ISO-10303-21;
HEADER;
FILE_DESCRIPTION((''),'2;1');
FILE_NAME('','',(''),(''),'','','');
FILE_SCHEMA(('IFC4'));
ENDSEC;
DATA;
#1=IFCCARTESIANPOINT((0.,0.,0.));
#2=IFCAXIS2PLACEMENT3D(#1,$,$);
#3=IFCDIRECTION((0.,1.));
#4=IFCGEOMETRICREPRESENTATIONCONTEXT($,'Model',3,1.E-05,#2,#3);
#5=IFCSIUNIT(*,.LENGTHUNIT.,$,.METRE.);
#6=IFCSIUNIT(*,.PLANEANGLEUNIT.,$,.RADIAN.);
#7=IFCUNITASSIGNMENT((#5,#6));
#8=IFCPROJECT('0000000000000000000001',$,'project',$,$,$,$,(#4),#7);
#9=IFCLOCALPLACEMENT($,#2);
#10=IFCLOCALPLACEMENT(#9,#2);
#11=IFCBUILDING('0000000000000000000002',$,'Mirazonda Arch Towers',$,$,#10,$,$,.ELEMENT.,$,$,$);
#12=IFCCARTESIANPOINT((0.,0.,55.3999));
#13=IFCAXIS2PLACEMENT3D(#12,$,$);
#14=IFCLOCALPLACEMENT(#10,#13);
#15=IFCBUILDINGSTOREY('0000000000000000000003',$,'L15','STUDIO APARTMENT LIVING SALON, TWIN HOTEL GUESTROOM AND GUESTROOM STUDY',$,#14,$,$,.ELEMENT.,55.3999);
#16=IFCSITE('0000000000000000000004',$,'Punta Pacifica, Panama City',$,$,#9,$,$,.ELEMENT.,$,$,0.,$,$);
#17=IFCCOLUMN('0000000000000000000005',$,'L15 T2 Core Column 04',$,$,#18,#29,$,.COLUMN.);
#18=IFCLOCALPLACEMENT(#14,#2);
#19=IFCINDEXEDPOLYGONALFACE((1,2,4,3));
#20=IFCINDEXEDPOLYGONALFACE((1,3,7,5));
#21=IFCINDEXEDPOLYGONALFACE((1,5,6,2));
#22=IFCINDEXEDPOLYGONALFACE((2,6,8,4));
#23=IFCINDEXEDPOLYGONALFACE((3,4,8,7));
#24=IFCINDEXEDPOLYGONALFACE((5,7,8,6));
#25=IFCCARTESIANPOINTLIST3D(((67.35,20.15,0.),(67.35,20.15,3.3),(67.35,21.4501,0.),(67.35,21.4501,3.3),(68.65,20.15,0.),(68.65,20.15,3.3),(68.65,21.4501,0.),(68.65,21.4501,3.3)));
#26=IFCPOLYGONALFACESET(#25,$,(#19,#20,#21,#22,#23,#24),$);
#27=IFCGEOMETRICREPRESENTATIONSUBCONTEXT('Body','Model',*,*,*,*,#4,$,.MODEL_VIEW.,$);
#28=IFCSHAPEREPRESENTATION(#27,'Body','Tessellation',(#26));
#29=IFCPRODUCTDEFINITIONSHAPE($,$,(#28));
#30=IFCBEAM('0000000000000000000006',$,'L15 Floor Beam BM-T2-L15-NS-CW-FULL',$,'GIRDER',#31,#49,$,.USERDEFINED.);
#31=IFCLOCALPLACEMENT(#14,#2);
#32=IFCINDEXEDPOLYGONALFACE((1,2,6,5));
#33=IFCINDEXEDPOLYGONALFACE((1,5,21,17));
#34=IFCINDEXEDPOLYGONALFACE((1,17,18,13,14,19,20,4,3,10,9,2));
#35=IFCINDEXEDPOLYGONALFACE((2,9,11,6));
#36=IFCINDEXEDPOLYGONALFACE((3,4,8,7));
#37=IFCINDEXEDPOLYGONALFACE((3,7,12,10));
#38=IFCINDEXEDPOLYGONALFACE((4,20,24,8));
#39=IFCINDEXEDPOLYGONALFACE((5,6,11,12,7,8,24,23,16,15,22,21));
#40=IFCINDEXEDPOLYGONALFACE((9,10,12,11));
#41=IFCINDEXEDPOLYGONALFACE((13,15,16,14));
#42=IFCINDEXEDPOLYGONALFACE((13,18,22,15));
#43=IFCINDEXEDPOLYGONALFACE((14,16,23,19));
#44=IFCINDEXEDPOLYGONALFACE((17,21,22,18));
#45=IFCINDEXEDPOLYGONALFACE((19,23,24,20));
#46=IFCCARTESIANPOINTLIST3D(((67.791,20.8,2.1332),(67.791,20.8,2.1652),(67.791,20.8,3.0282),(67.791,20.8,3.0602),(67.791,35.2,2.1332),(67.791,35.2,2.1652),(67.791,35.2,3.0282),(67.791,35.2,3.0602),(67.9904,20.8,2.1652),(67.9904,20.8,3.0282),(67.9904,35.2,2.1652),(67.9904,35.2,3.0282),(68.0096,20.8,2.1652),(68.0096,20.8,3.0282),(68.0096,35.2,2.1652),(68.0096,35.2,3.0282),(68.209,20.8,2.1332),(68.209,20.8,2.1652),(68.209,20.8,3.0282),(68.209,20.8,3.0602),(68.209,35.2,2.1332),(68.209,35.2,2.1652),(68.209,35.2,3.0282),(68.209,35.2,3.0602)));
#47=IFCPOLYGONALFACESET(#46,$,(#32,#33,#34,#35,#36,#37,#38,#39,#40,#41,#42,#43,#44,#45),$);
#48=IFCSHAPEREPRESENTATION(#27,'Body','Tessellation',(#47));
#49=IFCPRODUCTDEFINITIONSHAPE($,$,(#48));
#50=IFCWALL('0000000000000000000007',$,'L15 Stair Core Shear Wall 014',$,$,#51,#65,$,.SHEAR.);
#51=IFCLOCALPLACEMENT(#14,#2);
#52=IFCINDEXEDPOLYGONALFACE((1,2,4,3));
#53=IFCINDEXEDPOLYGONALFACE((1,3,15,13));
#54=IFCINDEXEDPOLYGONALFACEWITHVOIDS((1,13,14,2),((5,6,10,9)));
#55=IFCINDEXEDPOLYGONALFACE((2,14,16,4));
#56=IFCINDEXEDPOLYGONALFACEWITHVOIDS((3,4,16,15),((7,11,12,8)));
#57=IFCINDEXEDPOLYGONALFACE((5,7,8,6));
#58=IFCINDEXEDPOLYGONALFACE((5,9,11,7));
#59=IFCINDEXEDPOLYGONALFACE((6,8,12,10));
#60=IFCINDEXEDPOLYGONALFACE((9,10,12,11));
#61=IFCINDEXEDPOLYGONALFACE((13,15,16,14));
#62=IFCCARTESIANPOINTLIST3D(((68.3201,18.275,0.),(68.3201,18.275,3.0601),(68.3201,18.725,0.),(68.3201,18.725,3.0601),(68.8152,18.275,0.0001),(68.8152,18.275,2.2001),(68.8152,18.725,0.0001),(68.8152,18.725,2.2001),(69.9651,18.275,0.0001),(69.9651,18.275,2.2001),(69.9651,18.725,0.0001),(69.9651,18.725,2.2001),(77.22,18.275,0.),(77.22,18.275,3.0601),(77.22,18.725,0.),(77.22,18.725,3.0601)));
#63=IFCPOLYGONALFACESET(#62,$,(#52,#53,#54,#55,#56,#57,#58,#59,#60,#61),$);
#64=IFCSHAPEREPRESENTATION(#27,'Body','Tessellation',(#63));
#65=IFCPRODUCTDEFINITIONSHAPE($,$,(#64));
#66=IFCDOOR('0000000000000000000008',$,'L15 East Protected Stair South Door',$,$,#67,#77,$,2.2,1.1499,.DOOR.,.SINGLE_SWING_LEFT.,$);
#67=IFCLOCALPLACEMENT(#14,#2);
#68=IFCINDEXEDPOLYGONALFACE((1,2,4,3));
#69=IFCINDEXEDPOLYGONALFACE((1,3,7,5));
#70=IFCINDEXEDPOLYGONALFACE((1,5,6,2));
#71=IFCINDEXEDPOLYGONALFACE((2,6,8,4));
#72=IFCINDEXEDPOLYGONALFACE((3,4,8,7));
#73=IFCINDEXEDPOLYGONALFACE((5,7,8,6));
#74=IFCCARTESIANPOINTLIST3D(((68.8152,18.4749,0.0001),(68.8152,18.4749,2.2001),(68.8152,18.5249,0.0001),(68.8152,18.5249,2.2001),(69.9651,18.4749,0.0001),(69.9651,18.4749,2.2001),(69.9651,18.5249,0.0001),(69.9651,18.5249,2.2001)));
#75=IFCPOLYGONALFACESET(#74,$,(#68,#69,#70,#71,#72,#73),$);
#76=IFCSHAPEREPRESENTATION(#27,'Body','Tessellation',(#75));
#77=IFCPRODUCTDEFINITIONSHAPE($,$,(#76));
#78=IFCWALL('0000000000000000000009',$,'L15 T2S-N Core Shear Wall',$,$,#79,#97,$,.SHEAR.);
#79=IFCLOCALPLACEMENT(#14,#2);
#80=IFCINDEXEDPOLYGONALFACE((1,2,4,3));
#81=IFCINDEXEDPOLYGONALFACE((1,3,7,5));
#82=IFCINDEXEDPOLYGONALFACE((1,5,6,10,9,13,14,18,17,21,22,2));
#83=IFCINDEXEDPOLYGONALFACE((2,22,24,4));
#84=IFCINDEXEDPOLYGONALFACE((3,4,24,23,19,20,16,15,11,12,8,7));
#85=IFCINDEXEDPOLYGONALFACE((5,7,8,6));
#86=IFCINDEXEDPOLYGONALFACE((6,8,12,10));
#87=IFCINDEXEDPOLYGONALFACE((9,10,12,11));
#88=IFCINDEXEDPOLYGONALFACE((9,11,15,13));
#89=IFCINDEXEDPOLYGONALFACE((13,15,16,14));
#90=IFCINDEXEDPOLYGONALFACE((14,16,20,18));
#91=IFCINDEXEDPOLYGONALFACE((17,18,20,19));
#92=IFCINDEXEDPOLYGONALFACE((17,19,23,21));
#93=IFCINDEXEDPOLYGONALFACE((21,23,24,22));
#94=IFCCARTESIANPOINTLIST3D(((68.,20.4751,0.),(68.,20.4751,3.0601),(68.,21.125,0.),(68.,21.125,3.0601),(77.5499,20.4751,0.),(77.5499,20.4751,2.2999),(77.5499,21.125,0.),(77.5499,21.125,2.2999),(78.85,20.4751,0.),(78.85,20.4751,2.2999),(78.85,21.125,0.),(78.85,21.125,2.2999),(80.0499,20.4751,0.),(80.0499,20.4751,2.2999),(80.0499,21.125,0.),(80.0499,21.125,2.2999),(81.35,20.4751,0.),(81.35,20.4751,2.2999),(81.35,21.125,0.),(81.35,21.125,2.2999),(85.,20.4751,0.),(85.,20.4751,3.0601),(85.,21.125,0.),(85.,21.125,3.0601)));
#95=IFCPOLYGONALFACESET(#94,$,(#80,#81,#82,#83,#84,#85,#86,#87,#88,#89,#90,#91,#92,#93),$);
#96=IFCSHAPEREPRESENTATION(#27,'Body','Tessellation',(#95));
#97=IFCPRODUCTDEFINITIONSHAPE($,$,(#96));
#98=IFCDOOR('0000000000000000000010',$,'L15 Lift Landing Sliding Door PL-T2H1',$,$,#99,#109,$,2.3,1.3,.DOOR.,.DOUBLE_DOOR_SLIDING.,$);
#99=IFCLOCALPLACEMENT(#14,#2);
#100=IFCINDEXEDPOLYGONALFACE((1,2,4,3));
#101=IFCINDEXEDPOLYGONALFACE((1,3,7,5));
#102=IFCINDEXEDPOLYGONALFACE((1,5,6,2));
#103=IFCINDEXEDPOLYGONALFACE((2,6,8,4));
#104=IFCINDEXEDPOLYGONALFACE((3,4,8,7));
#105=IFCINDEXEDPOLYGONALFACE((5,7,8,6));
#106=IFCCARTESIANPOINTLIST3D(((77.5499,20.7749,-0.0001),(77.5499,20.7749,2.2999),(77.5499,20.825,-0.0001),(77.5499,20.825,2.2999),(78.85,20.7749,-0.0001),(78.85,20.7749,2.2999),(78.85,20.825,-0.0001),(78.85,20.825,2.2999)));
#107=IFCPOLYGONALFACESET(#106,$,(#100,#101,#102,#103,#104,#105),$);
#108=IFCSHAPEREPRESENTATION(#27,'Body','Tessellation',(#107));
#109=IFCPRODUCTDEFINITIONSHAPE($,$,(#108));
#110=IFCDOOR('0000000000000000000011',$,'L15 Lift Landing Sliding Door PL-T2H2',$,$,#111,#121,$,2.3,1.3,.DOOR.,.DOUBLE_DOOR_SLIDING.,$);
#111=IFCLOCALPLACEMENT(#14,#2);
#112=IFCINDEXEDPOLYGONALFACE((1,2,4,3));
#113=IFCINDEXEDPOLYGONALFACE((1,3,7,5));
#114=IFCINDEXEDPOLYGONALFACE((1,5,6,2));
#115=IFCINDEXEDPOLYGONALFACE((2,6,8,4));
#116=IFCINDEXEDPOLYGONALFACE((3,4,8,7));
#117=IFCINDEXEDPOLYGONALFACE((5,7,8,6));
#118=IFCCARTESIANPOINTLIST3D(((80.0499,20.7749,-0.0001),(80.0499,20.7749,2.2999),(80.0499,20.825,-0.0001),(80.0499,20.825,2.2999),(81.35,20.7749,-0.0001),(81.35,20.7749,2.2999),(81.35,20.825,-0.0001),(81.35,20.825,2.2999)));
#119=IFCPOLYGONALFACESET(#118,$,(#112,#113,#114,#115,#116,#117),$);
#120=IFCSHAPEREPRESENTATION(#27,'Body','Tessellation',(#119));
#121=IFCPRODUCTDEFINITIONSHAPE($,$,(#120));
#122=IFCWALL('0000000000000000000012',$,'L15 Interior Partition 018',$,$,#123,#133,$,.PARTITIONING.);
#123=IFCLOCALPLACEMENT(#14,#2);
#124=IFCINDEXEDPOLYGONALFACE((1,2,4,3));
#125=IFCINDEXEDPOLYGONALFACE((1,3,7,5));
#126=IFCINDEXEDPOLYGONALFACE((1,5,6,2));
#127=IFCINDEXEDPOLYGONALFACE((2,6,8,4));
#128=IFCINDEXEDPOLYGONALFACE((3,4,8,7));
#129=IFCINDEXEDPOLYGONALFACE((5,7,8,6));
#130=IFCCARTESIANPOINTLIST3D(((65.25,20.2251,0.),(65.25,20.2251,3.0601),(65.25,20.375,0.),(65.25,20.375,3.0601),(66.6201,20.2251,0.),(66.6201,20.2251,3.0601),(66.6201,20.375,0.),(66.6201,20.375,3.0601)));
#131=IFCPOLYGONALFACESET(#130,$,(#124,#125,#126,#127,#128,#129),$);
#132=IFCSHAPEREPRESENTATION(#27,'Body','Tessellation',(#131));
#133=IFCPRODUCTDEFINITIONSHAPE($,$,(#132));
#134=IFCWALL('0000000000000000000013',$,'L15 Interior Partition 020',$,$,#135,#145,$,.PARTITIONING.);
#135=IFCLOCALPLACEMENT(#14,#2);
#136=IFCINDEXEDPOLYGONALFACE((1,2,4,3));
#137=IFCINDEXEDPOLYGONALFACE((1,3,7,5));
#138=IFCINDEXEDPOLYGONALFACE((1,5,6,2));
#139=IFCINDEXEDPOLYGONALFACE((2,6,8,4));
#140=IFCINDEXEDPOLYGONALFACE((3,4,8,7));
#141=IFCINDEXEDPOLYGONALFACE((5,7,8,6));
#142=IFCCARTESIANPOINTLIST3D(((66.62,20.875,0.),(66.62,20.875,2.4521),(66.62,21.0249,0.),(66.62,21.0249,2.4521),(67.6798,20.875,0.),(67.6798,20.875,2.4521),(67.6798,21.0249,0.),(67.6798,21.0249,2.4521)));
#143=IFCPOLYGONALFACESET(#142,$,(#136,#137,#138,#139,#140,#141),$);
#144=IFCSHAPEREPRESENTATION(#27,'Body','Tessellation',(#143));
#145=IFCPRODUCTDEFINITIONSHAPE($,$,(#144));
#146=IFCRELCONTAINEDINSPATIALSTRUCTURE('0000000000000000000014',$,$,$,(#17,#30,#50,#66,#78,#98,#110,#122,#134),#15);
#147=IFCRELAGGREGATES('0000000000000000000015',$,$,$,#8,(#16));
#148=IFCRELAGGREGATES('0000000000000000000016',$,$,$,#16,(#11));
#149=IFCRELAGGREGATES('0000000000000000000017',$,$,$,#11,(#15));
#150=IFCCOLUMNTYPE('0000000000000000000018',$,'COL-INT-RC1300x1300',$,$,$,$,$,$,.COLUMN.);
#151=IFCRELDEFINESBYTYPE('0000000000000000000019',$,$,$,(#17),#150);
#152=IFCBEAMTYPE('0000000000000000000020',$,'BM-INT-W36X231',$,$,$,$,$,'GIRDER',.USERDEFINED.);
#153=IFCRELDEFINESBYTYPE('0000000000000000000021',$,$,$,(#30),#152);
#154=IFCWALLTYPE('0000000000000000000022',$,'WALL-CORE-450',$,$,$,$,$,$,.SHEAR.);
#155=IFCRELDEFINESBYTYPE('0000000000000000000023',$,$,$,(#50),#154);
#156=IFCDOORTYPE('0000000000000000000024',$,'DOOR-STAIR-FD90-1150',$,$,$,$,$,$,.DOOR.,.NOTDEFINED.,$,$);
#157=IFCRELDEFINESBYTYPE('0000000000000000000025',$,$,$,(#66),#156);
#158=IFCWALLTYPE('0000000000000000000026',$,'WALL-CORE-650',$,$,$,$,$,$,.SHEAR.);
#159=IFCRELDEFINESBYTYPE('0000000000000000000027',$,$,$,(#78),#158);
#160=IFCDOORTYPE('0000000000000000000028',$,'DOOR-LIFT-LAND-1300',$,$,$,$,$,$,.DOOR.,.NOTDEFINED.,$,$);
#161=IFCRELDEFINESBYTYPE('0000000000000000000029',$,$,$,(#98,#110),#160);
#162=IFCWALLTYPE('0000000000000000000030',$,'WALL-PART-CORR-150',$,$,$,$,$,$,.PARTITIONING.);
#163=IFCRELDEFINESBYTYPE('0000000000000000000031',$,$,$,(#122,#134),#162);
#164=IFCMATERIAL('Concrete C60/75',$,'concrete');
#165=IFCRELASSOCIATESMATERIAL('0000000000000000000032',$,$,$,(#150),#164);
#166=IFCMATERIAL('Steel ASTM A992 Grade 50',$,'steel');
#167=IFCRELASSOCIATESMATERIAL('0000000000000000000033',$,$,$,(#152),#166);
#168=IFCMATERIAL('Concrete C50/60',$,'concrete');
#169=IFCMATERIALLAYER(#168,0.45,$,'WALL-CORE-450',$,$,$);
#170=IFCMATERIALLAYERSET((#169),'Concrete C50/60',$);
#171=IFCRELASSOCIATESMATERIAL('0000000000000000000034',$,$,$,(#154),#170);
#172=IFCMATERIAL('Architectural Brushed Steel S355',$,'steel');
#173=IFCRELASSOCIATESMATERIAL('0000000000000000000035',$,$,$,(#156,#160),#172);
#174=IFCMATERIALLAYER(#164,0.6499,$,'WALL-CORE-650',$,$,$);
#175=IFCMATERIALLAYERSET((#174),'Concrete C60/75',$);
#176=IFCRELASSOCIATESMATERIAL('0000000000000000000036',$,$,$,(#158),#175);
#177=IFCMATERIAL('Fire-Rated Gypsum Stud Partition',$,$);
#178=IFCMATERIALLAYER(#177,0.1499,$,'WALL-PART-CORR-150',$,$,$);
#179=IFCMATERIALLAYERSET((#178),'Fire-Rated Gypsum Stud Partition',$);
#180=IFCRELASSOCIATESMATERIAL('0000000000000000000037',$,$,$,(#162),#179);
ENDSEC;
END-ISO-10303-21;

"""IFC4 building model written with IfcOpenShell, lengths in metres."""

from ifc_helpers import new_model, si_unit, direction, frame, frame_2d, origin, origin_2d, place, context, subcontext, project, spatial, rectangle, i_section, extrude, material, layer, layer_set, material_profile, profile_set, type_object, element, fill, save


model = new_model("IFC4")

# Units and contexts
model_context = context("Model", 3, precision=1e-05, world=origin(), true_north=direction((0.0, 1.0)))
body_context = subcontext(model_context, "Body", "Model", "MODEL_VIEW")
ifc_project = project(units=[si_unit("LENGTHUNIT", "METRE"), si_unit("PLANEANGLEUNIT", "RADIAN")], contexts=[model_context])

# Site, building, storey
site_placement = place(None, origin())
site = spatial("IfcSite", under=ifc_project, at=site_placement, Name="Punta Pacifica, Panama City", CompositionType="ELEMENT", RefElevation=0.0)
building_placement = place(site_placement, origin())
building = spatial("IfcBuilding", under=site, at=building_placement, Name="Mirazonda Arch Towers", CompositionType="ELEMENT")
storey_placement = place(building_placement, frame((0.0, 0.0, 55.3999)))
storey = spatial("IfcBuildingStorey", under=building, at=storey_placement, Name="L15", Description="STUDIO APARTMENT LIVING SALON, TWIN HOTEL GUESTROOM AND GUESTROOM STUDY", CompositionType="ELEMENT", Elevation=55.3999)

# Column
ifc_material_1 = material(Name="Concrete C60/75", Category="concrete")
ifc_material_profile_1 = material_profile(ifc_material_1, rectangle(XDim=1.3, YDim=1.3, at=origin_2d()), Name="RC1300x1300")
ifc_profile_set_1 = profile_set([ifc_material_profile_1], Name="Concrete C60/75")
column_type = type_object("IfcColumnType", Name="COL-INT-RC1300x1300", PredefinedType="COLUMN", material=ifc_profile_set_1)
column_placement = place(storey_placement, frame((68.0, 20.8, 0.0), z_axis=(0.0, 0.0, 1.0), x_axis=(1.0, 0.0, 0.0)))
element("IfcColumn", 1, at=column_placement, inside=storey, type_object=column_type, Name="L15 T2 Core Column 04", PredefinedType="COLUMN", context=body_context, shape_type="SweptSolid", body=[
    extrude(rectangle(XDim=1.3, YDim=1.3, at=origin_2d()), origin(), (0.0, 0.0, 1.0), 3.3),
])

# Beam
ifc_material_2 = material(Name="Steel ASTM A992 Grade 50", Category="steel")
ifc_material_profile_2 = material_profile(ifc_material_2, i_section(OverallWidth=0.418, OverallDepth=0.927, WebThickness=0.0193, FlangeThickness=0.032, at=origin_2d()), Name="W36X231")
ifc_profile_set_2 = profile_set([ifc_material_profile_2], Name="Steel ASTM A992 Grade 50")
beam_type = type_object("IfcBeamType", Name="BM-INT-W36X231", ElementType="GIRDER", PredefinedType="USERDEFINED", material=ifc_profile_set_2)
beam_placement = place(storey_placement, frame((68.0, 20.8, 2.5967), z_axis=(0.0, 1.0, 0.0), x_axis=(-1.0, 0.0, 0.0)))
element("IfcBeam", 2, at=beam_placement, inside=storey, type_object=beam_type, Name="L15 Floor Beam BM-T2-L15-NS-CW-FULL", ObjectType="GIRDER", PredefinedType="USERDEFINED", context=body_context, shape_type="SweptSolid", body=[
    extrude(i_section(OverallWidth=0.418, OverallDepth=0.927, WebThickness=0.0193, FlangeThickness=0.032, at=origin_2d()), origin(), (0.0, 0.0, 1.0), 14.3999),
])

# Wall, opening, door
ifc_material_3 = material(Name="Concrete C50/60", Category="concrete")
ifc_layer_1 = layer(ifc_material_3, 0.45, Name="WALL-CORE-450")
ifc_layer_set_1 = layer_set([ifc_layer_1], Name="Concrete C50/60")
wall_type_1 = type_object("IfcWallType", Name="WALL-CORE-450", PredefinedType="SHEAR", material=ifc_layer_set_1)
wall_1_placement = place(storey_placement, frame((68.3201, 18.5, 0.0), z_axis=(0.0, 0.0, 1.0), x_axis=(1.0, 0.0, 0.0)))
wall_1 = element("IfcWall", 3, at=wall_1_placement, inside=storey, type_object=wall_type_1, Name="L15 Stair Core Shear Wall 014", PredefinedType="SHEAR", context=body_context, shape_type="SweptSolid", body=[
    extrude(rectangle(XDim=8.8999, YDim=0.45, at=frame_2d((4.45, 0.0))), origin(), (0.0, 0.0, 1.0), 3.0601),
])
opening_1_placement = place(wall_1_placement, frame((0.4951, 0.0, 0.0)))
opening_1 = element("IfcOpeningElement", 4, at=opening_1_placement, cuts=wall_1, PredefinedType="OPENING", context=body_context, shape_type="SweptSolid", body=[
    extrude(rectangle(XDim=1.1499, YDim=2.2, at=frame_2d((0.575, 1.1001))), frame((0.0, 0.2349, 0.0), z_axis=(0.0, -1.0, 0.0), x_axis=(1.0, 0.0, 0.0)), (0.0, 0.0, 1.0), 0.47),
])
ifc_material_4 = material(Name="Architectural Brushed Steel S355", Category="steel")
door_type_1 = type_object("IfcDoorType", Name="DOOR-STAIR-FD90-1150", OperationType="NOTDEFINED", PredefinedType="DOOR", material=ifc_material_4)
door_1_placement = place(opening_1_placement, origin())
door_1 = element("IfcDoor", 5, at=door_1_placement, inside=storey, type_object=door_type_1, Name="L15 East Protected Stair South Door", OperationType="SINGLE_SWING_LEFT", OverallHeight=2.2, OverallWidth=1.1499, PredefinedType="DOOR", context=body_context, shape_type="SweptSolid", body=[
    extrude(rectangle(XDim=1.1499, YDim=2.2, at=frame_2d((0.575, 1.1001))), frame((0.0, 0.0249, 0.0), z_axis=(0.0, -1.0, 0.0), x_axis=(1.0, 0.0, 0.0)), (0.0, 0.0, 1.0), 0.05),
])
fill(opening_1, door_1)

# Wall, openings, doors
ifc_layer_2 = layer(ifc_material_1, 0.6499, Name="WALL-CORE-650")
ifc_layer_set_2 = layer_set([ifc_layer_2], Name="Concrete C60/75")
wall_type_2 = type_object("IfcWallType", Name="WALL-CORE-650", PredefinedType="SHEAR", material=ifc_layer_set_2)
wall_2_placement = place(storey_placement, frame((68.0, 20.8, 0.0), z_axis=(0.0, 0.0, 1.0), x_axis=(1.0, 0.0, 0.0)))
wall_2 = element("IfcWall", 6, at=wall_2_placement, inside=storey, type_object=wall_type_2, Name="L15 T2S-N Core Shear Wall", PredefinedType="SHEAR", context=body_context, shape_type="SweptSolid", body=[
    extrude(rectangle(XDim=17.0, YDim=0.6499, at=frame_2d((8.5, 0.0))), origin(), (0.0, 0.0, 1.0), 3.0601),
])
opening_2_placement = place(wall_2_placement, frame((9.55, 0.0, 0.0)))
opening_2 = element("IfcOpeningElement", 7, at=opening_2_placement, cuts=wall_2, PredefinedType="OPENING", context=body_context, shape_type="SweptSolid", body=[
    extrude(rectangle(XDim=1.3, YDim=2.3, at=frame_2d((0.6499, 1.1499))), frame((0.0, 0.335, 0.0), z_axis=(0.0, -1.0, 0.0), x_axis=(1.0, 0.0, 0.0)), (0.0, 0.0, 1.0), 0.6699),
])
opening_3_placement = place(wall_2_placement, frame((12.05, 0.0, 0.0)))
opening_3 = element("IfcOpeningElement", 8, at=opening_3_placement, cuts=wall_2, PredefinedType="OPENING", context=body_context, shape_type="SweptSolid", body=[
    extrude(rectangle(XDim=1.3, YDim=2.3, at=frame_2d((0.6499, 1.1499))), frame((0.0, 0.335, 0.0), z_axis=(0.0, -1.0, 0.0), x_axis=(1.0, 0.0, 0.0)), (0.0, 0.0, 1.0), 0.6699),
])
door_type_2 = type_object("IfcDoorType", Name="DOOR-LIFT-LAND-1300", OperationType="NOTDEFINED", PredefinedType="DOOR", material=ifc_material_4)
door_2_placement = place(opening_2_placement, origin())
door_2 = element("IfcDoor", 9, at=door_2_placement, inside=storey, type_object=door_type_2, Name="L15 Lift Landing Sliding Door PL-T2H1", OperationType="DOUBLE_DOOR_SLIDING", OverallHeight=2.3, OverallWidth=1.3, PredefinedType="DOOR", context=body_context, shape_type="SweptSolid", body=[
    extrude(rectangle(XDim=1.3, YDim=2.3, at=frame_2d((0.6499, 1.1499))), frame((0.0, 0.0249, 0.0), z_axis=(0.0, -1.0, 0.0), x_axis=(1.0, 0.0, 0.0)), (0.0, 0.0, 1.0), 0.05),
])
fill(opening_2, door_2)
door_3_placement = place(opening_3_placement, origin())
door_3 = element("IfcDoor", 10, at=door_3_placement, inside=storey, type_object=door_type_2, Name="L15 Lift Landing Sliding Door PL-T2H2", OperationType="DOUBLE_DOOR_SLIDING", OverallHeight=2.3, OverallWidth=1.3, PredefinedType="DOOR", context=body_context, shape_type="SweptSolid", body=[
    extrude(rectangle(XDim=1.3, YDim=2.3, at=frame_2d((0.6499, 1.1499))), frame((0.0, 0.0249, 0.0), z_axis=(0.0, -1.0, 0.0), x_axis=(1.0, 0.0, 0.0)), (0.0, 0.0, 1.0), 0.05),
])
fill(opening_3, door_3)

# Walls
ifc_material_5 = material(Name="Fire-Rated Gypsum Stud Partition")
ifc_layer_3 = layer(ifc_material_5, 0.1499, Name="WALL-PART-CORR-150")
ifc_layer_set_3 = layer_set([ifc_layer_3], Name="Fire-Rated Gypsum Stud Partition")
wall_type_3 = type_object("IfcWallType", Name="WALL-PART-CORR-150", PredefinedType="PARTITIONING", material=ifc_layer_set_3)
wall_3_placement = place(storey_placement, frame((65.25, 20.3, 0.0), z_axis=(0.0, 0.0, 1.0), x_axis=(1.0, 0.0, 0.0)))
element("IfcWall", 11, at=wall_3_placement, inside=storey, type_object=wall_type_3, Name="L15 Interior Partition 018", PredefinedType="PARTITIONING", context=body_context, shape_type="SweptSolid", body=[
    extrude(rectangle(XDim=1.3701, YDim=0.1499, at=frame_2d((0.6851, 0.0))), origin(), (0.0, 0.0, 1.0), 3.0601),
])
wall_4_placement = place(storey_placement, frame((66.6201, 20.95, 0.0), z_axis=(0.0, 0.0, 1.0), x_axis=(1.0, 0.0, 0.0)))
element("IfcWall", 12, at=wall_4_placement, inside=storey, type_object=wall_type_3, Name="L15 Interior Partition 020", PredefinedType="PARTITIONING", context=body_context, shape_type="SweptSolid", body=[
    extrude(rectangle(XDim=1.0598, YDim=0.1499, at=frame_2d((0.5298, 0.0))), origin(), (0.0, 0.0, 1.0), 2.4521),
])

save(model, "model.ifc")
